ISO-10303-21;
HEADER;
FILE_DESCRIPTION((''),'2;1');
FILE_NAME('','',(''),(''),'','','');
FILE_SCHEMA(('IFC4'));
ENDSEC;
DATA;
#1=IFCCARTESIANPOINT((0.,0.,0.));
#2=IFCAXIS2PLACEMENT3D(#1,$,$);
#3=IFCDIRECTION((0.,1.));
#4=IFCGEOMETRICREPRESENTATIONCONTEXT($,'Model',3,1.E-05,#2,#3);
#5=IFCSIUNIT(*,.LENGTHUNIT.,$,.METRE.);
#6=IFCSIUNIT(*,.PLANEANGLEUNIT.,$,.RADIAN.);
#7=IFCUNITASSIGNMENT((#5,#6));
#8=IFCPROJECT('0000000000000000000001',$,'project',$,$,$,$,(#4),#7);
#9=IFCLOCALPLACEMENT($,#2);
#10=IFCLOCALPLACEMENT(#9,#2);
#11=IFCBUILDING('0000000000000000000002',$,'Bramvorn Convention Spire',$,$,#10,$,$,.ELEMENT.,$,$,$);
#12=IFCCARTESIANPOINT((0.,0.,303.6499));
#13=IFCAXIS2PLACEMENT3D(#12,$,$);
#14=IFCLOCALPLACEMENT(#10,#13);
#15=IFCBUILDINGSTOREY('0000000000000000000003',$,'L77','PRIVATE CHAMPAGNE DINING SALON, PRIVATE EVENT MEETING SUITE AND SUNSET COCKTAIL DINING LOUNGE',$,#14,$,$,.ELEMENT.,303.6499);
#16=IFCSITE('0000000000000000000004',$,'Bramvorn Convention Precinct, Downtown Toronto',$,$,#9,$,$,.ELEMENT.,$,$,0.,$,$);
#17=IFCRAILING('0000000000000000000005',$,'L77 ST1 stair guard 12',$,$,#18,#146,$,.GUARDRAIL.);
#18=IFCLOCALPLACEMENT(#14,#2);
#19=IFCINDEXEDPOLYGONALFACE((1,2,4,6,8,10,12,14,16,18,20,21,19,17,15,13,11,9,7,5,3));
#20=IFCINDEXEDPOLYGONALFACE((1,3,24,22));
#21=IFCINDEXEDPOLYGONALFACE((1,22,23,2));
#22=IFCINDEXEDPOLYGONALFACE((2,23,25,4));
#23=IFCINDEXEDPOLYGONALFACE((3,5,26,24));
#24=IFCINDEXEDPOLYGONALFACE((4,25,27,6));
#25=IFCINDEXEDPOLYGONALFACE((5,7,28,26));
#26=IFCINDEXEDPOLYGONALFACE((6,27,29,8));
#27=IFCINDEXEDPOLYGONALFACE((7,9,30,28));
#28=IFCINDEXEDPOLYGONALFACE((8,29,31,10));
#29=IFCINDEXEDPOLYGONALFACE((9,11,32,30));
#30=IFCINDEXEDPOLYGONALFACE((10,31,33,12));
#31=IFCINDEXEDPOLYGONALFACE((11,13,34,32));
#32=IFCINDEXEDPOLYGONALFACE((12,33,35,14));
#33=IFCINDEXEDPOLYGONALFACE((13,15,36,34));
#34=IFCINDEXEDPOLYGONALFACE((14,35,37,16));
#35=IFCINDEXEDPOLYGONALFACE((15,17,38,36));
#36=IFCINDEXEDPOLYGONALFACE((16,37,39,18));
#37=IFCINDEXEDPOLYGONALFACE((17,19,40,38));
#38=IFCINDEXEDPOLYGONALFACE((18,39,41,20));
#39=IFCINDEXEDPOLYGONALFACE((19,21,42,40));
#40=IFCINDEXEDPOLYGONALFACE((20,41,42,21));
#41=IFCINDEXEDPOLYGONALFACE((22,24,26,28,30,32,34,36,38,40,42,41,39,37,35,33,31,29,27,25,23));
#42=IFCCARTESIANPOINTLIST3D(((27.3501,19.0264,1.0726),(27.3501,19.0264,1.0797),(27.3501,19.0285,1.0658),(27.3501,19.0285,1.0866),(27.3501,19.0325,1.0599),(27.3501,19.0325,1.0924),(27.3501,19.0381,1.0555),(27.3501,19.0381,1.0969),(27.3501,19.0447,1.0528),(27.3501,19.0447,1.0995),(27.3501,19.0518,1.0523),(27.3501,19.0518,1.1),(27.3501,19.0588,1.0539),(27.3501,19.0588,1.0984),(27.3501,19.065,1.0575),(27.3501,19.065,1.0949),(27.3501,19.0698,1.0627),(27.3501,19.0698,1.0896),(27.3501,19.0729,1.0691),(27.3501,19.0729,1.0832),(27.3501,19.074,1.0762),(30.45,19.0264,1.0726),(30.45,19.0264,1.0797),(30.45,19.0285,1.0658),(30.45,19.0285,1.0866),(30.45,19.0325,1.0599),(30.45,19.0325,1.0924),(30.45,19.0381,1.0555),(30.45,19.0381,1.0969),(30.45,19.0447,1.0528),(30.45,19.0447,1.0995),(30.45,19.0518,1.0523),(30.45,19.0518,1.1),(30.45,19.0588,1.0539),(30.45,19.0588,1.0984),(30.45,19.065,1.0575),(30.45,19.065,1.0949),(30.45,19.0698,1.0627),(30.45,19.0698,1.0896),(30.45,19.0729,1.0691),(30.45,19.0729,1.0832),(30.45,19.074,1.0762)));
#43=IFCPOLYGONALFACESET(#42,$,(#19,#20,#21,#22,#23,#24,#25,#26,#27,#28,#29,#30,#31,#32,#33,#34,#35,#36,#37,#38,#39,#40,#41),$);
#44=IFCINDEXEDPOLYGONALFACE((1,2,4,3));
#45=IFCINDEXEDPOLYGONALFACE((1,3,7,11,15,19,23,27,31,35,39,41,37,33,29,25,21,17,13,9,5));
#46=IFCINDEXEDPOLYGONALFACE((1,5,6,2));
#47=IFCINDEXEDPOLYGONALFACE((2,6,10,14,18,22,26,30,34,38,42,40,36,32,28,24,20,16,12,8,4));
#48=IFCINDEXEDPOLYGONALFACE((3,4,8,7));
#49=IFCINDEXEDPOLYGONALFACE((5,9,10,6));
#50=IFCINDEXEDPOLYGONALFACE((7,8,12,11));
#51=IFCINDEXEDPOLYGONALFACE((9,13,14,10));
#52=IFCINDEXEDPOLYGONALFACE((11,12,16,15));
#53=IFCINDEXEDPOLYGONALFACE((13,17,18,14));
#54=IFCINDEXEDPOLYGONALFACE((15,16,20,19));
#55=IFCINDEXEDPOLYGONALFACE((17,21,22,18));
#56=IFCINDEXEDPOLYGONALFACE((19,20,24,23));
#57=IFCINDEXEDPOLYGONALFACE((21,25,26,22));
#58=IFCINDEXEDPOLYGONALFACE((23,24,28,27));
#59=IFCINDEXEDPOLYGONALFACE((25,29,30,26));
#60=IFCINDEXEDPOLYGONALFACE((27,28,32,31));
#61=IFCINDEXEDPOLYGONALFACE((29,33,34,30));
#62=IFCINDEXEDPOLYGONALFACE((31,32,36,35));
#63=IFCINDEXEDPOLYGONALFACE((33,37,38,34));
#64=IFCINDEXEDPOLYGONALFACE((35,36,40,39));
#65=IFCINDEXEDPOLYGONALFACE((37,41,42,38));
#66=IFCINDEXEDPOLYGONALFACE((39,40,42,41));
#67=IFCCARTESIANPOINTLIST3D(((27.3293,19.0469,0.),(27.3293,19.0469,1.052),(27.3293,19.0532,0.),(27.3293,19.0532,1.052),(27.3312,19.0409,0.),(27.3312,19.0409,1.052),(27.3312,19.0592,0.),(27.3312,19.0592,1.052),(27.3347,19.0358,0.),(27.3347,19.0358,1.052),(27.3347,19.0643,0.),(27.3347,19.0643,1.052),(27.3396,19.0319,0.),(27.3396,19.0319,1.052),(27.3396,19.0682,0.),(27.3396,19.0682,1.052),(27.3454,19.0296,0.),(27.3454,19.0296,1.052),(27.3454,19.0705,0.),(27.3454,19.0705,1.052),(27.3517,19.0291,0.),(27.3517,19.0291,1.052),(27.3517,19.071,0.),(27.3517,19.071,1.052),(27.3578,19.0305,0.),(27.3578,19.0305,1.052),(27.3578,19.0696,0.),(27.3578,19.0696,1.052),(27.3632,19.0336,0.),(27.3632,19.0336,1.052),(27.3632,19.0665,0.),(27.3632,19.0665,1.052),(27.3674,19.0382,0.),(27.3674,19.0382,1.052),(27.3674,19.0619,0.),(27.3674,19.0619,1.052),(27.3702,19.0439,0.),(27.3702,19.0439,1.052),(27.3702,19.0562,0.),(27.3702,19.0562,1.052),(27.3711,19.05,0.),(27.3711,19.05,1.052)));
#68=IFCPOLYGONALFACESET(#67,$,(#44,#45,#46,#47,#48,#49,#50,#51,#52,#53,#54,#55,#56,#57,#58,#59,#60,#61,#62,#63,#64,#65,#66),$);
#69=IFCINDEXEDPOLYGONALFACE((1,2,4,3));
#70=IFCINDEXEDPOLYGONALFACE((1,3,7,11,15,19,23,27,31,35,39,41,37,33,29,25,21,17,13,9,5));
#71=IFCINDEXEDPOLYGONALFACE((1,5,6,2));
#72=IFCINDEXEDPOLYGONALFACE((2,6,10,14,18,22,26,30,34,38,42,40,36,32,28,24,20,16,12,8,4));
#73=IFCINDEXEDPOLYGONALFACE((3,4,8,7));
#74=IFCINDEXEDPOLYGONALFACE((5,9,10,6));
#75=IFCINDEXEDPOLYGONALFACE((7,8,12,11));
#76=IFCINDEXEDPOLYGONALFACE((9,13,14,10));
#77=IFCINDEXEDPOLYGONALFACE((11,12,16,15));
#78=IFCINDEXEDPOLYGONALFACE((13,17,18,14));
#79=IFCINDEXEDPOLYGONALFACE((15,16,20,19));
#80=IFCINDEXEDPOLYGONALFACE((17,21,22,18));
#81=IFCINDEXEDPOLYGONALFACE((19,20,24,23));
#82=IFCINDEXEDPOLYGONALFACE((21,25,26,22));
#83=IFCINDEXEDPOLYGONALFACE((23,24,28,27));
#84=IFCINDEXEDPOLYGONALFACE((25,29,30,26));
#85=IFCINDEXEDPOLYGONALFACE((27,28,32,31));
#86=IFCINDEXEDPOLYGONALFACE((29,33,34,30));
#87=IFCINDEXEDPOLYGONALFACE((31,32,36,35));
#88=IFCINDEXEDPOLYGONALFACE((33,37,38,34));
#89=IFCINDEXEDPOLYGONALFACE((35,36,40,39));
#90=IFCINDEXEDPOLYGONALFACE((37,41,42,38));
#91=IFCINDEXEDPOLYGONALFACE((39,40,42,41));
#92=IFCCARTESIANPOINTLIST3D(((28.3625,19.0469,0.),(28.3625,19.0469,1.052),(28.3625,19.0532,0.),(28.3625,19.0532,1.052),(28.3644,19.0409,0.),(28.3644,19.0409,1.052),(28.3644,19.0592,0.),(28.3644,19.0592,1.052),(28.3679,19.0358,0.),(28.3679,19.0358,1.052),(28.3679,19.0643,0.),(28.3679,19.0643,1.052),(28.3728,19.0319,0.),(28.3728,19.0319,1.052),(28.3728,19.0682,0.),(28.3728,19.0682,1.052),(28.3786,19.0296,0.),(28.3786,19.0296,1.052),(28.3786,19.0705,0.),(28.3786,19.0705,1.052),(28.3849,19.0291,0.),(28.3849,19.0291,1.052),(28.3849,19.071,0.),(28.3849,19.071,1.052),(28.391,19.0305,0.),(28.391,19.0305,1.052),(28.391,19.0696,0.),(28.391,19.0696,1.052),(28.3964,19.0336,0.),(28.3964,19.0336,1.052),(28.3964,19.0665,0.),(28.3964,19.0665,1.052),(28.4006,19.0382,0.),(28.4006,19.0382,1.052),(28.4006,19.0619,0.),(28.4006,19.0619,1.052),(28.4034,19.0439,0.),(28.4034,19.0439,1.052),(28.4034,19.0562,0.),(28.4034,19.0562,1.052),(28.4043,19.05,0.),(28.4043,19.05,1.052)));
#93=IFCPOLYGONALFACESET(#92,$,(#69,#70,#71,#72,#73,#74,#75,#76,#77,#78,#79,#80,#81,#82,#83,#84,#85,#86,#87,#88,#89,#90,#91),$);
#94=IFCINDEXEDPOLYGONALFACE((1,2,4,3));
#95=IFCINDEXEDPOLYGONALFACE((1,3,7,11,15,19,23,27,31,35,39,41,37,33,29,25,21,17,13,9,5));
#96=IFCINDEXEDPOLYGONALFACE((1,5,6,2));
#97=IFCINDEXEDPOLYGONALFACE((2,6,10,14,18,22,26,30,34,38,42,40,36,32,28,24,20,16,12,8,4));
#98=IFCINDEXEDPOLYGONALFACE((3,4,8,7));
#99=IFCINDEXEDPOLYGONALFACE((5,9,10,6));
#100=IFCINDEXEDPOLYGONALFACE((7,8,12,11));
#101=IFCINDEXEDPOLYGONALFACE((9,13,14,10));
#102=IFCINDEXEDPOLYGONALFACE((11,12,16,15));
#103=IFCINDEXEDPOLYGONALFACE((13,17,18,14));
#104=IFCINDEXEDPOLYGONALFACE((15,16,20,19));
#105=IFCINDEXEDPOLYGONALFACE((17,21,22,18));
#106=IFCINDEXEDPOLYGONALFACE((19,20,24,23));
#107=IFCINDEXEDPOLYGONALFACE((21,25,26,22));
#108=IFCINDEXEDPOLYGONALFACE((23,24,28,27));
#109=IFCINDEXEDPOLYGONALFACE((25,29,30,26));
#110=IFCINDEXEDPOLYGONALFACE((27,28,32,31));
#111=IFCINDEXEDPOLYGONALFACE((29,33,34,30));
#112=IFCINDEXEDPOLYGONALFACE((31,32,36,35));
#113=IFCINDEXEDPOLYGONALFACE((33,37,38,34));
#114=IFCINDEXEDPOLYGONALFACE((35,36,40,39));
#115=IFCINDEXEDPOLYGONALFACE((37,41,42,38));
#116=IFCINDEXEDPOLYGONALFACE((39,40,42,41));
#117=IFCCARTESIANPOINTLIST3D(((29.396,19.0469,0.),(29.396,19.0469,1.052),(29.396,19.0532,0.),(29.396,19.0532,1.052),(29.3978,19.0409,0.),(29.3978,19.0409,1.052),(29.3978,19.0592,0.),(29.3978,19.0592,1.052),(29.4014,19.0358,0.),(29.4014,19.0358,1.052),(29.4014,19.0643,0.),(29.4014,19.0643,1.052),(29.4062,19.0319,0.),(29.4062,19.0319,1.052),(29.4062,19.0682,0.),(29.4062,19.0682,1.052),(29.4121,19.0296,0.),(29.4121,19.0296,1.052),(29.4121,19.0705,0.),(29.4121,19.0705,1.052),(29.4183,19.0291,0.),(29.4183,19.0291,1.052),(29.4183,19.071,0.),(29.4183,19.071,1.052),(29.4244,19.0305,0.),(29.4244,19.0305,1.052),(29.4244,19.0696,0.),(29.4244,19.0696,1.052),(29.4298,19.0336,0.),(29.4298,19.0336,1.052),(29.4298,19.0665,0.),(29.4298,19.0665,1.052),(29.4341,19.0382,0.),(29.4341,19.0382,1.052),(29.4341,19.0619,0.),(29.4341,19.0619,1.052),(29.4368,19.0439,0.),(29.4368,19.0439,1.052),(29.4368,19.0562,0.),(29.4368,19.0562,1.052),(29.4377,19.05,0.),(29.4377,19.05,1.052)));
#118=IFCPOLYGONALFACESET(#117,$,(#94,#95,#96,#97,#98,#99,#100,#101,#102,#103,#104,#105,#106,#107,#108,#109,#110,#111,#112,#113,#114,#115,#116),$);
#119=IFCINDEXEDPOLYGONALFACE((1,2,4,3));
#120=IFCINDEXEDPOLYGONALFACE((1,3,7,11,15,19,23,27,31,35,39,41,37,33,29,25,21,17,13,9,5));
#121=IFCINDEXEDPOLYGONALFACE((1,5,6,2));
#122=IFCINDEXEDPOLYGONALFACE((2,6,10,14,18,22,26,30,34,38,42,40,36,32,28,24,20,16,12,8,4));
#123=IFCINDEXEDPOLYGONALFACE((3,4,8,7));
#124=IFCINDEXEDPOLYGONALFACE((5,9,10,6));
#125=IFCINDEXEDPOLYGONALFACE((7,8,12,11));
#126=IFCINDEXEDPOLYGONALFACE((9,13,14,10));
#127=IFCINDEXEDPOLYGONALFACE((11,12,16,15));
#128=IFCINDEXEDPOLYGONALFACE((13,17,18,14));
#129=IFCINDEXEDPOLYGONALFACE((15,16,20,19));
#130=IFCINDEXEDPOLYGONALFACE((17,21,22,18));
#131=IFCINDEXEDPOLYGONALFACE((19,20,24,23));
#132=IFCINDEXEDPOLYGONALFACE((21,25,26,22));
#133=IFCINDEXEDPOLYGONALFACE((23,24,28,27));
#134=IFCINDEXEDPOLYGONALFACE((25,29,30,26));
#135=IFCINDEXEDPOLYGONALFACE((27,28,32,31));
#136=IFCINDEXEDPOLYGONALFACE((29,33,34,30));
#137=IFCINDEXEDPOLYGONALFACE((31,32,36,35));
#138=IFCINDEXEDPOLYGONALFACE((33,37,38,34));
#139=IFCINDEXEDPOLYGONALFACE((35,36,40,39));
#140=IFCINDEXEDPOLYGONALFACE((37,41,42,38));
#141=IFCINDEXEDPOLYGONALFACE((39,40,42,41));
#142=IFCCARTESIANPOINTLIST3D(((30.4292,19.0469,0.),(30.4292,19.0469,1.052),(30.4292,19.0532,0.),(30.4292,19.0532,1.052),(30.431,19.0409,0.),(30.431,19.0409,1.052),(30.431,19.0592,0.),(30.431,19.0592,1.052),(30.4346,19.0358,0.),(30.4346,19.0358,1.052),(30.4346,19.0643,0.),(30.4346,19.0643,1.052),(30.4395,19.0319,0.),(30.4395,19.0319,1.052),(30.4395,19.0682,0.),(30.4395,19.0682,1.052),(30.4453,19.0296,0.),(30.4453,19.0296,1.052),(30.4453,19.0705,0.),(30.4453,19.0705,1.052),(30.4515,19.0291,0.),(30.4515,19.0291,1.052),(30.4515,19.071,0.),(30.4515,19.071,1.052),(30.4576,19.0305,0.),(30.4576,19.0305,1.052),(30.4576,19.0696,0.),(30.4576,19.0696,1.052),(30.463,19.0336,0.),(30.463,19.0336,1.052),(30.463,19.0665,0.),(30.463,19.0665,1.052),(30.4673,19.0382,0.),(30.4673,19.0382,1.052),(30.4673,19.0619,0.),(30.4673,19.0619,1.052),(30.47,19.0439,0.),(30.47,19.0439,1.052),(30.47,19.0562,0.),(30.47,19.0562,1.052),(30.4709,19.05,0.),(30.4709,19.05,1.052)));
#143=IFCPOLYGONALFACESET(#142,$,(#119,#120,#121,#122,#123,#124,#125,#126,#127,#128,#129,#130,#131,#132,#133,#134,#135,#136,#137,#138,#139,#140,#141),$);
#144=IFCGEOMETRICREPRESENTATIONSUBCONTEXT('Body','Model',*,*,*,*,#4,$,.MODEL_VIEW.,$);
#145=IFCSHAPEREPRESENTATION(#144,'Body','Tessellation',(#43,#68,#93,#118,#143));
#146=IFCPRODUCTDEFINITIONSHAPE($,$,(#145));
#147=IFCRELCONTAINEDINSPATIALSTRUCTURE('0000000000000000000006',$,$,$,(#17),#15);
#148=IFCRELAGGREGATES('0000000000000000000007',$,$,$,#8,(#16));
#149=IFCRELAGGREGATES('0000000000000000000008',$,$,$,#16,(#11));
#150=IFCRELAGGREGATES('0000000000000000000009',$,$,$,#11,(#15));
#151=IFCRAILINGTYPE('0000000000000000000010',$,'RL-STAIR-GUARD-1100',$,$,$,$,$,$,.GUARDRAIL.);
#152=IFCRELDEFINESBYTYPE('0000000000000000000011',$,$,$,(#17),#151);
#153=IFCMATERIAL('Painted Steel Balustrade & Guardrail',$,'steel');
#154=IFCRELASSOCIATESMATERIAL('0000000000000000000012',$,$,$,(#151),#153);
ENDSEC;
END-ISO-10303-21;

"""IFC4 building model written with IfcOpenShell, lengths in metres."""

from ifc_helpers import new_model, si_unit, direction, frame, origin, origin_2d, place, context, subcontext, project, spatial, circle, extrude, material, type_object, element, save


model = new_model("IFC4")

# Units and contexts
model_context = context("Model", 3, precision=1e-05, world=origin(), true_north=direction((0.0, 1.0)))
body_context = subcontext(model_context, "Body", "Model", "MODEL_VIEW")
ifc_project = project(units=[si_unit("LENGTHUNIT", "METRE"), si_unit("PLANEANGLEUNIT", "RADIAN")], contexts=[model_context])

# Site, building, storey
site_placement = place(None, origin())
site = spatial("IfcSite", under=ifc_project, at=site_placement, Name="Bramvorn Convention Precinct, Downtown Toronto", CompositionType="ELEMENT", RefElevation=0.0)
building_placement = place(site_placement, origin())
building = spatial("IfcBuilding", under=site, at=building_placement, Name="Bramvorn Convention Spire", CompositionType="ELEMENT")
storey_placement = place(building_placement, frame((0.0, 0.0, 303.6499)))
storey = spatial("IfcBuildingStorey", under=building, at=storey_placement, Name="L77", Description="PRIVATE CHAMPAGNE DINING SALON, PRIVATE EVENT MEETING SUITE AND SUNSET COCKTAIL DINING LOUNGE", CompositionType="ELEMENT", Elevation=303.6499)

# Railing
ifc_material_1 = material(Name="Painted Steel Balustrade & Guardrail", Category="steel")
railing_type_1 = type_object("IfcRailingType", Name="RL-STAIR-GUARD-1100", PredefinedType="GUARDRAIL", material=ifc_material_1)
railing_1_placement = place(storey_placement, frame((27.3501, 19.05, 0.0)))
element("IfcRailing", 1, at=railing_1_placement, inside=storey, type_object=railing_type_1, Name="L77 ST1 stair guard 12", PredefinedType="GUARDRAIL", context=body_context, shape_type="SweptSolid", body=[
    extrude(circle(Radius=0.0239, at=origin_2d()), frame((0.0, 0.0, 1.0762), z_axis=(1.0, 0.0, 0.0), x_axis=(0.0, 1.0, 0.0)), (0.0, 0.0, 1.0), 3.0999),
    extrude(circle(Radius=0.021, at=origin_2d()), origin(), (0.0, 0.0, 1.0), 1.052),
    extrude(circle(Radius=0.021, at=origin_2d()), frame((1.0332, 0.0, 0.0)), (0.0, 0.0, 1.0), 1.052),
    extrude(circle(Radius=0.021, at=origin_2d()), frame((2.0667, 0.0, 0.0)), (0.0, 0.0, 1.0), 1.052),
    extrude(circle(Radius=0.021, at=origin_2d()), frame((3.0999, 0.0, 0.0)), (0.0, 0.0, 1.0), 1.052),
])

save(model, "model.ifc")
